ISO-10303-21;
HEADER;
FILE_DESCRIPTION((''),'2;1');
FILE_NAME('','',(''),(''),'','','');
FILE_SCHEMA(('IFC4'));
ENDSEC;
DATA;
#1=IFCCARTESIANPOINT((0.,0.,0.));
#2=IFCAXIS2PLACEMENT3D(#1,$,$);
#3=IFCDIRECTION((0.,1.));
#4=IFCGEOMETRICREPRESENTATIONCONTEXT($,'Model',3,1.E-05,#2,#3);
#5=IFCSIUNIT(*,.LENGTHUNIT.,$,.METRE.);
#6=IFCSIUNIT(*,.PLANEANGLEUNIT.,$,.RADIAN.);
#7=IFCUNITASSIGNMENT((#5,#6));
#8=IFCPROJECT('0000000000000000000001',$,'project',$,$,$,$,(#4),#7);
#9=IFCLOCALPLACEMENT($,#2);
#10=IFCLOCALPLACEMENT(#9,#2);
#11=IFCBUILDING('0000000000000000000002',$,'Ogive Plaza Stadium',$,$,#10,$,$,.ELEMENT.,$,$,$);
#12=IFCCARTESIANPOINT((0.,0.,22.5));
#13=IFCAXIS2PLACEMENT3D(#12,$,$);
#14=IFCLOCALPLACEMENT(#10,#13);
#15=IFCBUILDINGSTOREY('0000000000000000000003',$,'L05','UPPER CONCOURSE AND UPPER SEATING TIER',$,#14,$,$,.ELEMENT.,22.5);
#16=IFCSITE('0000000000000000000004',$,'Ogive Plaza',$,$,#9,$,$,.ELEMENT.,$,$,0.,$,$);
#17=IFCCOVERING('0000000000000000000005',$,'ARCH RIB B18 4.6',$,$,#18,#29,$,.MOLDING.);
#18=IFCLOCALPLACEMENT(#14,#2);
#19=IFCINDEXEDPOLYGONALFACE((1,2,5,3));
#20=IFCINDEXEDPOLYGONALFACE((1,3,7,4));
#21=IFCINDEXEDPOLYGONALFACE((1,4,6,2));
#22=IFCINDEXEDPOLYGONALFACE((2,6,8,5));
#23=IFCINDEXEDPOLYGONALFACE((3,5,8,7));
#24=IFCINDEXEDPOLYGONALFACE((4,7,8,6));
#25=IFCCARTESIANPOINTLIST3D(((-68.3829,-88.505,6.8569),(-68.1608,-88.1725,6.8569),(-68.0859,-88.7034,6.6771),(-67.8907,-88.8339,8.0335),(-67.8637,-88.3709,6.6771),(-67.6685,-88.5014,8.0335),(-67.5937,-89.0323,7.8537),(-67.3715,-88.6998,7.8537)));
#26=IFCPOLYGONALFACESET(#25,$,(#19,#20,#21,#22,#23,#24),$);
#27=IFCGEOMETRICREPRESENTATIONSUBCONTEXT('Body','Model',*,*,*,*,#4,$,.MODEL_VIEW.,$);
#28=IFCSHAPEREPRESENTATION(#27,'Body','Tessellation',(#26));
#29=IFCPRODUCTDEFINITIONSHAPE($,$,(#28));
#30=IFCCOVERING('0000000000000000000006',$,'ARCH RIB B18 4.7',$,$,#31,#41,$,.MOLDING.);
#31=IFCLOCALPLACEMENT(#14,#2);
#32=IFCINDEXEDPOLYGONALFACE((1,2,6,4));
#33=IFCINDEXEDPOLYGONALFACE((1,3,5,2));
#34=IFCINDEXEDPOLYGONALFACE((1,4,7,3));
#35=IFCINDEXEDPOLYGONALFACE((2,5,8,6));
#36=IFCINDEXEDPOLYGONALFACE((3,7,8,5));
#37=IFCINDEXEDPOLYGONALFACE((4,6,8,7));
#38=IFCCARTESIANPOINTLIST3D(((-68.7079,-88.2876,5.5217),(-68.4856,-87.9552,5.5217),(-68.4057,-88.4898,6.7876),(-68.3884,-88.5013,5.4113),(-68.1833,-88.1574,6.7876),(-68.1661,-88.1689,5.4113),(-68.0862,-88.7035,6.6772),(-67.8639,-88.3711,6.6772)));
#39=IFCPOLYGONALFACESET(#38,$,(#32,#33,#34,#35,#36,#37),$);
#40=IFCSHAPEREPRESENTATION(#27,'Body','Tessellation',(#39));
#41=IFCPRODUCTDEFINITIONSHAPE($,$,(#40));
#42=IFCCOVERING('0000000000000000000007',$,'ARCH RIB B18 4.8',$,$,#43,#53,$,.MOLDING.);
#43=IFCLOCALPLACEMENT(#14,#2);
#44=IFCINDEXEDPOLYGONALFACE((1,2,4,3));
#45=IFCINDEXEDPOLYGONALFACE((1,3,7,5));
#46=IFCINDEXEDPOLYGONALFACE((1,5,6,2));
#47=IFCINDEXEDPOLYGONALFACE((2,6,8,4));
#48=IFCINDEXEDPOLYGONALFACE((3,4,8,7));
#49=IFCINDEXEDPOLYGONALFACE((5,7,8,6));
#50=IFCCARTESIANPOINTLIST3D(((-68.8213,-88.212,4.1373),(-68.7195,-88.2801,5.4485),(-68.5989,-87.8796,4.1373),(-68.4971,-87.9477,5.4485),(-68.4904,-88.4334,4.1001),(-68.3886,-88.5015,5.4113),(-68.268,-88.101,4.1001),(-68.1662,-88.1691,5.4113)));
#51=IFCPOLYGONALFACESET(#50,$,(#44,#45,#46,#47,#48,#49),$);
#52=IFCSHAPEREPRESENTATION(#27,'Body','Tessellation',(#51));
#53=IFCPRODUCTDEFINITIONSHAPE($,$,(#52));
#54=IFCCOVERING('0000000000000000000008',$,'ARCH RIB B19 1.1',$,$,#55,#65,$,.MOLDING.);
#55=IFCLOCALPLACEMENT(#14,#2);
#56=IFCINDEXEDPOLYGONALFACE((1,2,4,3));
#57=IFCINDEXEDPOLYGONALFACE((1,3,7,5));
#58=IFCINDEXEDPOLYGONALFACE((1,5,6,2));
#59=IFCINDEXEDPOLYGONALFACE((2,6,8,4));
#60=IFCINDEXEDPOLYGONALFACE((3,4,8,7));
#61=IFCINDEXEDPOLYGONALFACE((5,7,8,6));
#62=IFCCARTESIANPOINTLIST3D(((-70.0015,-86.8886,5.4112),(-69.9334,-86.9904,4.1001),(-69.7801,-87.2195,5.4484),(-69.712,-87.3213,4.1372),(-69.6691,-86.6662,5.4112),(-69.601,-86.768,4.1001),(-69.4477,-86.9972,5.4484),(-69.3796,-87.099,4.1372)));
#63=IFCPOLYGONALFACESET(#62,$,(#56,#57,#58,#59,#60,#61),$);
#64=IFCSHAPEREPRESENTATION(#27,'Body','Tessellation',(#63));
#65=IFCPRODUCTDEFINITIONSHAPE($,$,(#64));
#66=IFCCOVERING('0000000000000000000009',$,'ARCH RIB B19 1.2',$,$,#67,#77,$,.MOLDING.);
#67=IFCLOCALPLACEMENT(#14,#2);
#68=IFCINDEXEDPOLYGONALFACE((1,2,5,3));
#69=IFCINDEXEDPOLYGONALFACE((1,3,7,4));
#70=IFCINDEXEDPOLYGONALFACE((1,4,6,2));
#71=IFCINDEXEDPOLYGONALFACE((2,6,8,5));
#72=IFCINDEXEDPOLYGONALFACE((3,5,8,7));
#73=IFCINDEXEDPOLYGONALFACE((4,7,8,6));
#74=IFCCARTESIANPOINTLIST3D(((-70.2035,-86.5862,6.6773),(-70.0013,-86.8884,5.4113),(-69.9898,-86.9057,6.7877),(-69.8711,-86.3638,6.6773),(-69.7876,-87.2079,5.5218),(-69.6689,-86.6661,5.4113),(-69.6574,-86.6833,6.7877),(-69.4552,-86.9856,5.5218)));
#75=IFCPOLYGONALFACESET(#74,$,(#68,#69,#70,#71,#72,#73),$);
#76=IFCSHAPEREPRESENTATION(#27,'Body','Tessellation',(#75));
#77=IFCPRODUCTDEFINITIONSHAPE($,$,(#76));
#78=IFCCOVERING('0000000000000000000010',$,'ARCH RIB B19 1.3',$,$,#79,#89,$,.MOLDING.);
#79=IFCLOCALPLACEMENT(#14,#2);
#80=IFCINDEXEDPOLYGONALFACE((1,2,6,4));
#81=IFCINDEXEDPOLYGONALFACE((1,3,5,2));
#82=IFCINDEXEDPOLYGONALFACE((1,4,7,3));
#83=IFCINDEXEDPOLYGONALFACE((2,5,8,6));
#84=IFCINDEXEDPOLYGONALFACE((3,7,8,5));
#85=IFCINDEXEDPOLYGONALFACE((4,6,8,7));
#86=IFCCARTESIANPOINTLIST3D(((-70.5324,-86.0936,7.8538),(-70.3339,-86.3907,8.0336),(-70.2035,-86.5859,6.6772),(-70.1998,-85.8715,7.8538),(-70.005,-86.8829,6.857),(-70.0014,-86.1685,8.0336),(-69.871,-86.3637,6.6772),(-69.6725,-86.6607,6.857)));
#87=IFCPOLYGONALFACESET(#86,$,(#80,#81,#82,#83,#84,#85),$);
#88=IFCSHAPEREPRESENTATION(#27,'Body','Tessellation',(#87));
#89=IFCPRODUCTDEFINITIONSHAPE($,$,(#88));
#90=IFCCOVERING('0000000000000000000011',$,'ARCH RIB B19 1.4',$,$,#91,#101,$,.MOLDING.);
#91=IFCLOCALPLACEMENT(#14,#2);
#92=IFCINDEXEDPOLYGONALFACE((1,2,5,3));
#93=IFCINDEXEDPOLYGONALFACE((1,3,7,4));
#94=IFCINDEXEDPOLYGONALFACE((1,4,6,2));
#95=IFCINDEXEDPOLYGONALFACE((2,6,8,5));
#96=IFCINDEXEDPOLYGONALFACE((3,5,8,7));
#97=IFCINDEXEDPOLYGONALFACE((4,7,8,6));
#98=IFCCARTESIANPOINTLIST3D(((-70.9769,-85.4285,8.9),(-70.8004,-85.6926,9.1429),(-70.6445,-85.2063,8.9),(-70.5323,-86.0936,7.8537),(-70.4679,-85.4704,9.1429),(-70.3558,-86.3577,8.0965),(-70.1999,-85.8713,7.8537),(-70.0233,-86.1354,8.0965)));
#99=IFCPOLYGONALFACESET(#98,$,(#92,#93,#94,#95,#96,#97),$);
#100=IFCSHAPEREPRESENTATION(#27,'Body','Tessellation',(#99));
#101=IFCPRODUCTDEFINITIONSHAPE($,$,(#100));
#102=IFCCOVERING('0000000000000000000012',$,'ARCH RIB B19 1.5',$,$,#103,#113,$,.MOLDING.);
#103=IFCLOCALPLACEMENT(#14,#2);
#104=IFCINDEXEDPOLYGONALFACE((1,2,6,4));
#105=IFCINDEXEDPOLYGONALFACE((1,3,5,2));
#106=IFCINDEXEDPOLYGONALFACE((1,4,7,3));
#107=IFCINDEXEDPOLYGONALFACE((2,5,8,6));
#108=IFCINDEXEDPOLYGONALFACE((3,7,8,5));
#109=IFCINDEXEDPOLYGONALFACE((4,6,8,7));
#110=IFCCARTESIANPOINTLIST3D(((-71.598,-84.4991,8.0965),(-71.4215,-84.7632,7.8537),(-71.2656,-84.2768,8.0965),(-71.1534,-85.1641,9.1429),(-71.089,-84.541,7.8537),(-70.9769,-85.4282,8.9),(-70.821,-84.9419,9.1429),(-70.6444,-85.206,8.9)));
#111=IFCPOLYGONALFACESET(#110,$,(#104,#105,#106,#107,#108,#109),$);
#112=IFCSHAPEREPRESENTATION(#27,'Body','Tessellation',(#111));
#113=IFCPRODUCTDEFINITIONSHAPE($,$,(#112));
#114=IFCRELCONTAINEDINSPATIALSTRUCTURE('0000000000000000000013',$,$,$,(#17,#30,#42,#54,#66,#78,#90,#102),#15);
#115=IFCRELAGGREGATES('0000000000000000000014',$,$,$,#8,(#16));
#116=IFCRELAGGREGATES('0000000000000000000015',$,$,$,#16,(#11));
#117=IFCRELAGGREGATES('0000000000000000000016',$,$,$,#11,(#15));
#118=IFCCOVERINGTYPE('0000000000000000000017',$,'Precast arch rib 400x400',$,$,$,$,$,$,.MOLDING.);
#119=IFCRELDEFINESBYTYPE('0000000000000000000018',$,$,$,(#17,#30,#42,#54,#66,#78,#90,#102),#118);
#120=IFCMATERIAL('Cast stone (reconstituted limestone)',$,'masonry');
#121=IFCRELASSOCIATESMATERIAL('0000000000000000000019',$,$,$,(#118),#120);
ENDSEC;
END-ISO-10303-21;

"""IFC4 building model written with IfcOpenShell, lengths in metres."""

from ifc_helpers import new_model, si_unit, direction, frame, origin, origin_2d, place, context, subcontext, project, spatial, rectangle, extrude, material, material_profile, profile_set, type_object, element, save


model = new_model("IFC4")

# Units and contexts
model_context = context("Model", 3, precision=1e-05, world=origin(), true_north=direction((0.0, 1.0)))
body_context = subcontext(model_context, "Body", "Model", "MODEL_VIEW")
ifc_project = project(units=[si_unit("LENGTHUNIT", "METRE"), si_unit("PLANEANGLEUNIT", "RADIAN")], contexts=[model_context])

# Site, building, storey
site_placement = place(None, origin())
site = spatial("IfcSite", under=ifc_project, at=site_placement, Name="Ogive Plaza", CompositionType="ELEMENT", RefElevation=0.0)
building_placement = place(site_placement, origin())
building = spatial("IfcBuilding", under=site, at=building_placement, Name="Ogive Plaza Stadium", CompositionType="ELEMENT")
storey_placement = place(building_placement, frame((0.0, 0.0, 22.5)))
storey = spatial("IfcBuildingStorey", under=building, at=storey_placement, Name="L05", Description="UPPER CONCOURSE AND UPPER SEATING TIER", CompositionType="ELEMENT", Elevation=22.5)

# Coverings
ifc_material_1 = material(Name="Cast stone (reconstituted limestone)", Category="masonry")
ifc_material_profile_1 = material_profile(ifc_material_1, rectangle(XDim=0.3999, YDim=0.3999, at=origin_2d()), Name="Cast stone 400x400")
ifc_profile_set_1 = profile_set([ifc_material_profile_1], Name="Cast stone (reconstituted limestone)")
covering_type = type_object("IfcCoveringType", Name="Precast arch rib 400x400", PredefinedType="MOLDING", material=ifc_profile_set_1)
for number, where, z_axis, x_axis, name in (
    (1, (-67.6311, -88.7668, 7.9436), (-0.373709, 0.249695, -0.893305), (-0.555557, -0.831479, 0.0), "ARCH RIB B18 4.6"),
    (2, (-68.1348, -88.4304, 6.7324), (-0.229486, 0.153485, -0.961134), (-0.555939, -0.831223, 0.0), "ARCH RIB B18 4.7"),
):
    element("IfcCovering", number, at=place(storey_placement, frame(where, z_axis=z_axis, x_axis=x_axis)), inside=storey, type_object=covering_type, Name=name, PredefinedType="MOLDING", context=body_context, shape_type="SweptSolid", body=[
        extrude(rectangle(XDim=0.3999, YDim=0.3999, at=origin_2d()), origin(), (0.0, 0.0, 1.0), 1.3171),
    ])
for number, where, z_axis, x_axis, name in (
    (3, (-68.4429, -88.2246, 5.4299), (-0.077303, 0.05172, -0.995665), (-0.556079, -0.831129, 0.0), "ARCH RIB B18 4.8"),
    (4, (-69.6565, -87.0447, 4.1187), (-0.05172, 0.077303, 0.995665), (-0.831129, -0.556079, 0.0), "ARCH RIB B19 1.1"),
):
    element("IfcCovering", number, at=place(storey_placement, frame(where, z_axis=z_axis, x_axis=x_axis)), inside=storey, type_object=covering_type, Name=name, PredefinedType="MOLDING", context=body_context, shape_type="SweptSolid", body=[
        extrude(rectangle(XDim=0.3999, YDim=0.3999, at=origin_2d()), origin(), (0.0, 0.0, 1.0), 1.3169),
    ])
for number, where, z_axis, x_axis, name in (
    (5, (-69.7283, -86.937, 5.4666), (-0.153485, 0.229486, 0.961134), (-0.831223, -0.555939, 0.0), "ARCH RIB B19 1.2"),
    (6, (-69.938, -86.6233, 6.7671), (-0.249695, 0.373709, 0.893305), (-0.831479, -0.555557, 0.0), "ARCH RIB B19 1.3"),
    (7, (-70.2778, -86.1145, 7.9751), (-0.337535, 0.504912, 0.794439), (-0.831345, -0.555756, 0.0), "ARCH RIB B19 1.4"),
    (8, (-70.8989, -85.1851, 9.0215), (-0.337535, 0.504912, -0.794439), (-0.831345, -0.555756, 0.0), "ARCH RIB B19 1.5"),
):
    element("IfcCovering", number, at=place(storey_placement, frame(where, z_axis=z_axis, x_axis=x_axis)), inside=storey, type_object=covering_type, Name=name, PredefinedType="MOLDING", context=body_context, shape_type="SweptSolid", body=[
        extrude(rectangle(XDim=0.3999, YDim=0.3999, at=origin_2d()), origin(), (0.0, 0.0, 1.0), 1.3171),
    ])

save(model, "model.ifc")
